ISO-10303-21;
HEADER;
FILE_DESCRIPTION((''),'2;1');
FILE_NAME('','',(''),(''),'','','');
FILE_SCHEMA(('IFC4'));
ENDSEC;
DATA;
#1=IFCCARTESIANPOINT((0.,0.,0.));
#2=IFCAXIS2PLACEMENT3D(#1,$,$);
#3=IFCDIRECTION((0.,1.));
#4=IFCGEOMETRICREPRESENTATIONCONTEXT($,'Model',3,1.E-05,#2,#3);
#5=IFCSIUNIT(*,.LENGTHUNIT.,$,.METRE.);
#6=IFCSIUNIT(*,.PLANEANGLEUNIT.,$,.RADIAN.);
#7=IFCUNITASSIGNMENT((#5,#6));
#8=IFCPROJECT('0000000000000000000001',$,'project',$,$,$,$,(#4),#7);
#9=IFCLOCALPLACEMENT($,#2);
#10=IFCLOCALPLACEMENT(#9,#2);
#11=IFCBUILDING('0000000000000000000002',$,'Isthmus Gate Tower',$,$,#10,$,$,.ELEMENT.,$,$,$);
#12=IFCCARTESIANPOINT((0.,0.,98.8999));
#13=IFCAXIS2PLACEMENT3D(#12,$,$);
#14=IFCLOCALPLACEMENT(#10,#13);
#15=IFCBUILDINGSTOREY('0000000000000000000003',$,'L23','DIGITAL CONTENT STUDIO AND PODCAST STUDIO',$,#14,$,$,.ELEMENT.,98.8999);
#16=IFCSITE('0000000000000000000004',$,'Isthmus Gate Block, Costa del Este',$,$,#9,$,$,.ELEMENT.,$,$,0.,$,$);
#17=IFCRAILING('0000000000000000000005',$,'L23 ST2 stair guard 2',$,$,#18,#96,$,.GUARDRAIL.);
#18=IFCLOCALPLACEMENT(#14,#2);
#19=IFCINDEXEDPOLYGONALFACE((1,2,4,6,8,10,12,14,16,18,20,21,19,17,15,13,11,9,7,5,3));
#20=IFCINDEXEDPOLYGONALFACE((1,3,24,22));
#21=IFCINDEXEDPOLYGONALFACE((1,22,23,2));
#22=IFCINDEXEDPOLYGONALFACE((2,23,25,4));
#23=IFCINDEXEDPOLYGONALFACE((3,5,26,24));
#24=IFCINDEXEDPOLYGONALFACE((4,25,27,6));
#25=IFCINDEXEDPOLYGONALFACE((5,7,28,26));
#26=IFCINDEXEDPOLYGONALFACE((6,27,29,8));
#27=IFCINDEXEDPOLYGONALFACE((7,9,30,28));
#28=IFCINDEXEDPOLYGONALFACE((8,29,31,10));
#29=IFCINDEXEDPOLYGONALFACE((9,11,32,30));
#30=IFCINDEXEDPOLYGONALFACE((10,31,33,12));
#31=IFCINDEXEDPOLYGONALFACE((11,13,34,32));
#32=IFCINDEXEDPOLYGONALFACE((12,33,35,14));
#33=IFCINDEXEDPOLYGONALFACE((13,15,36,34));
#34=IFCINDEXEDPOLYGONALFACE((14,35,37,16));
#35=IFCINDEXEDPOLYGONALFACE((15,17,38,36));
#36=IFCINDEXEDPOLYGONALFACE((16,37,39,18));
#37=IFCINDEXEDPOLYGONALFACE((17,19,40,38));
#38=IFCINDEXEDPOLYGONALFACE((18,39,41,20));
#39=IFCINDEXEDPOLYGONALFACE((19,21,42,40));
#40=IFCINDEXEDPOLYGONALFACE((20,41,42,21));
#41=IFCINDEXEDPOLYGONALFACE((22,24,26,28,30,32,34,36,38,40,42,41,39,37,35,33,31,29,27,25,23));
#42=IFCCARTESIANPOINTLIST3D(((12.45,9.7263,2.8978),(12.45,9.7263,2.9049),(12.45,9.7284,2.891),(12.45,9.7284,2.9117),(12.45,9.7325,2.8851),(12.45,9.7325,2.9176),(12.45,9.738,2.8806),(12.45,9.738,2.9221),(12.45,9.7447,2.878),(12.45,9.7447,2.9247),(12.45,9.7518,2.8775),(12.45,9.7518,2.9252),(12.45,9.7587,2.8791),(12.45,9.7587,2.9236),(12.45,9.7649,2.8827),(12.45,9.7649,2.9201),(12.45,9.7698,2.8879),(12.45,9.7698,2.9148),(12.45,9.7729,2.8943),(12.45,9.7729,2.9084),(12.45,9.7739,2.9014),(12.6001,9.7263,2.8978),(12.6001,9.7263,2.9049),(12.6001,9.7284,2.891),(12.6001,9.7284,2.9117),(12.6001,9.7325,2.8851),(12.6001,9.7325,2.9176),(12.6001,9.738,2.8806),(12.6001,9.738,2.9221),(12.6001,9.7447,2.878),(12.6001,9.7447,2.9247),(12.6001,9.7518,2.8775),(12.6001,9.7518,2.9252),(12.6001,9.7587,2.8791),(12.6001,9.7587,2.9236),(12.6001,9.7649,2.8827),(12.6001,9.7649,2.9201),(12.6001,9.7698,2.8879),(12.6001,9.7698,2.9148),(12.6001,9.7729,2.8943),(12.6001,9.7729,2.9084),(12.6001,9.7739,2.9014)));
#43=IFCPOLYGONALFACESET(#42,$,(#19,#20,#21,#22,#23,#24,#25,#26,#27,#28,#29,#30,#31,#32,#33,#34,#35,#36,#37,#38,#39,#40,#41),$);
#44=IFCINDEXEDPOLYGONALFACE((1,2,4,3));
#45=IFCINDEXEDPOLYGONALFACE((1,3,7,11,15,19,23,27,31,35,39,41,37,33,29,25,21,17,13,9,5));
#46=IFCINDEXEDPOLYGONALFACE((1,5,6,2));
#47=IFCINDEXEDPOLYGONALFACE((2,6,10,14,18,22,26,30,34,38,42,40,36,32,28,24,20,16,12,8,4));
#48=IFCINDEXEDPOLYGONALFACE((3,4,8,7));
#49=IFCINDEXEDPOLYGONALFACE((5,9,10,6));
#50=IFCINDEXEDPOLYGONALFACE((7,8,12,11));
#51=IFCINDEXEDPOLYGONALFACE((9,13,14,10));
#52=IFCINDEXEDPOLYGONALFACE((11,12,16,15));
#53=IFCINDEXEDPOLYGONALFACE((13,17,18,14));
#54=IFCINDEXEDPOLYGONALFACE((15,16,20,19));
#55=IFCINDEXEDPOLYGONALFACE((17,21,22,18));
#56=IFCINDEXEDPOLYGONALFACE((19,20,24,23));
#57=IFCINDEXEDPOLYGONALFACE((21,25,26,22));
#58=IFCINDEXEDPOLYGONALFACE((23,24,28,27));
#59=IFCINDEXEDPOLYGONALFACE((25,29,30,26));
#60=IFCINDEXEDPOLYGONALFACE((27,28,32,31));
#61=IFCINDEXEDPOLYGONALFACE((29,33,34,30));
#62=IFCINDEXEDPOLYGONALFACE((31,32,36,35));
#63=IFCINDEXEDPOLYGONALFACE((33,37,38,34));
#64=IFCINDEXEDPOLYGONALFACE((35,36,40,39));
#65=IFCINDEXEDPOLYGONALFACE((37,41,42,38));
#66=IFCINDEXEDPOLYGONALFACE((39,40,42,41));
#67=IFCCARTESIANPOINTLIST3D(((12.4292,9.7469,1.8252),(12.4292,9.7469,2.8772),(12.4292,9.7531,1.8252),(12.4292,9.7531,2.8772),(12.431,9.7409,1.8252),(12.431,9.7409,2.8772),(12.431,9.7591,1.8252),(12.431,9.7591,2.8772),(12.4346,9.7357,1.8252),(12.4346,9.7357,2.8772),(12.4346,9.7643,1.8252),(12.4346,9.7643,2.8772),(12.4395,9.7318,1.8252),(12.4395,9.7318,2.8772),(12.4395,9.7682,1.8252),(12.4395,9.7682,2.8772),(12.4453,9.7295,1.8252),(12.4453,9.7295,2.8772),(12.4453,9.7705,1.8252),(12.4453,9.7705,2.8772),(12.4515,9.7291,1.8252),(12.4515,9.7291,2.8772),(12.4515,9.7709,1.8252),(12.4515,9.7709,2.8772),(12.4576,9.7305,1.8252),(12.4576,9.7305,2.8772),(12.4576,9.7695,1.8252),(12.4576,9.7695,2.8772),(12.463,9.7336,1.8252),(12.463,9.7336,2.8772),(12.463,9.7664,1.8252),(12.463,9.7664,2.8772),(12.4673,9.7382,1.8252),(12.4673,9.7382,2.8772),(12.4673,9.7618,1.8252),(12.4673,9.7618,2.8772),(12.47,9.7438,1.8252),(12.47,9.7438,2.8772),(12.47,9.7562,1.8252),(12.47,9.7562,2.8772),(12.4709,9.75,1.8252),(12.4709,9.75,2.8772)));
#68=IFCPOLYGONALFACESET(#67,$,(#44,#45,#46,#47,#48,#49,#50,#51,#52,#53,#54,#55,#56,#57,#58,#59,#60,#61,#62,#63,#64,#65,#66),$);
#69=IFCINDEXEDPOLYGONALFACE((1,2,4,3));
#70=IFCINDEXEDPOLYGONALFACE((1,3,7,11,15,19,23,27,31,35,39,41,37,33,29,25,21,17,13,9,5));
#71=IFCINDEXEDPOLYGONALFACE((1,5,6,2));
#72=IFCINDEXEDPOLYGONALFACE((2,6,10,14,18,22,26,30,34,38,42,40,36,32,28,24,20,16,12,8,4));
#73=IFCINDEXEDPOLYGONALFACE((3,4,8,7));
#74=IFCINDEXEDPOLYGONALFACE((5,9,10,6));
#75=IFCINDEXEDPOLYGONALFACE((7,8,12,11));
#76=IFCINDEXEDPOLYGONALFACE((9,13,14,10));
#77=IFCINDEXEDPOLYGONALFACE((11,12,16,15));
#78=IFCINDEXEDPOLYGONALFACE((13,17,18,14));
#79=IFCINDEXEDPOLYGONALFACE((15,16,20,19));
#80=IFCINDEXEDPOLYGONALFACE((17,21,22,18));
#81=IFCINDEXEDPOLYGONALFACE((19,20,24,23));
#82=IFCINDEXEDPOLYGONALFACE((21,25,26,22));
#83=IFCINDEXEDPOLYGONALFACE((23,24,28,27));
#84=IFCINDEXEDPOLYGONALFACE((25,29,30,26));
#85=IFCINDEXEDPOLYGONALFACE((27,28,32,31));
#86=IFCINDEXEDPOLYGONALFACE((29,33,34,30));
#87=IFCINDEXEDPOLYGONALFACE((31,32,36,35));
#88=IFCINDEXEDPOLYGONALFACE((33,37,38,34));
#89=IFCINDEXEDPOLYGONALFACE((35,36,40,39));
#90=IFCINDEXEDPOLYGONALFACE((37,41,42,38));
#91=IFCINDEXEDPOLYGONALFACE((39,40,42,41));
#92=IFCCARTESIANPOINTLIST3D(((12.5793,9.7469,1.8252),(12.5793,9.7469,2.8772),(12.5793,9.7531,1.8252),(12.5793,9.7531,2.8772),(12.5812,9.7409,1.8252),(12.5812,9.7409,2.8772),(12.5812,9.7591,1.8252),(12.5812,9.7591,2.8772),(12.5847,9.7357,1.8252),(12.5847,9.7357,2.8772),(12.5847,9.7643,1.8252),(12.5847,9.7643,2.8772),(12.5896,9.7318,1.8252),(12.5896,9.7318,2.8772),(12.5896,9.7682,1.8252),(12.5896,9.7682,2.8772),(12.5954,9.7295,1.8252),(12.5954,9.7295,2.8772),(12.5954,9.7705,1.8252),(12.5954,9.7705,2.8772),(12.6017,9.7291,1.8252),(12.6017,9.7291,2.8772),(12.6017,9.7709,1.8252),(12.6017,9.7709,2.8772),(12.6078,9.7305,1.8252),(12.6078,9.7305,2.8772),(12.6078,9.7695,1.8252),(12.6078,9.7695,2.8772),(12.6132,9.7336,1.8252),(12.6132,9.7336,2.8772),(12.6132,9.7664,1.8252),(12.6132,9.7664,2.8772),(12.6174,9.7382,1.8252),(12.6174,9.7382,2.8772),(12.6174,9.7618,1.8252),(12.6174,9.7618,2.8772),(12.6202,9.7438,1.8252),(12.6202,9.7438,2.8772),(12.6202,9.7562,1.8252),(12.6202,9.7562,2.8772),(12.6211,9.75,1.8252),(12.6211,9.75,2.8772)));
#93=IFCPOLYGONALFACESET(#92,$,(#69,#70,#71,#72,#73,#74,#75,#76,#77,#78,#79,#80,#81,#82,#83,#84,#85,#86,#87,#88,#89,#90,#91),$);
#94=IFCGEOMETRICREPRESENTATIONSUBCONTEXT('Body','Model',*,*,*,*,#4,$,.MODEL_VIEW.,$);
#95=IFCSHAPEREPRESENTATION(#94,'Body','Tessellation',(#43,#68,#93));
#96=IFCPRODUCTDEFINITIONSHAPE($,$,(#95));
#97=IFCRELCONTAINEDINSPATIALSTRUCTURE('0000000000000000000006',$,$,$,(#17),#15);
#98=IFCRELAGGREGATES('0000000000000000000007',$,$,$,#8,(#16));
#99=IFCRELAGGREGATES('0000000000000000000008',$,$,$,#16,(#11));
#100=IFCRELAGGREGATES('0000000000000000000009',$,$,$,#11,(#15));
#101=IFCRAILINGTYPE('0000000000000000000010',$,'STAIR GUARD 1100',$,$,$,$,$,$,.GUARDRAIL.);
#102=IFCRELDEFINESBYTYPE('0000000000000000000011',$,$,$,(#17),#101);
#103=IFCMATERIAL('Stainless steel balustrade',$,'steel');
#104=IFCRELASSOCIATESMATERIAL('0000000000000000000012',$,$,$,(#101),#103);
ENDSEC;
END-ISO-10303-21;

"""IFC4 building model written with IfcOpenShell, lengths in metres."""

from ifc_helpers import new_model, si_unit, direction, frame, origin, origin_2d, place, context, subcontext, project, spatial, circle, extrude, material, type_object, element, save


model = new_model("IFC4")

# Units and contexts
model_context = context("Model", 3, precision=1e-05, world=origin(), true_north=direction((0.0, 1.0)))
body_context = subcontext(model_context, "Body", "Model", "MODEL_VIEW")
ifc_project = project(units=[si_unit("LENGTHUNIT", "METRE"), si_unit("PLANEANGLEUNIT", "RADIAN")], contexts=[model_context])

# Site, building, storey
site_placement = place(None, origin())
site = spatial("IfcSite", under=ifc_project, at=site_placement, Name="Isthmus Gate Block, Costa del Este", CompositionType="ELEMENT", RefElevation=0.0)
building_placement = place(site_placement, origin())
building = spatial("IfcBuilding", under=site, at=building_placement, Name="Isthmus Gate Tower", CompositionType="ELEMENT")
storey_placement = place(building_placement, frame((0.0, 0.0, 98.8999)))
storey = spatial("IfcBuildingStorey", under=building, at=storey_placement, Name="L23", Description="DIGITAL CONTENT STUDIO AND PODCAST STUDIO", CompositionType="ELEMENT", Elevation=98.8999)

# Railing
ifc_material_1 = material(Name="Stainless steel balustrade", Category="steel")
railing_type_1 = type_object("IfcRailingType", Name="STAIR GUARD 1100", PredefinedType="GUARDRAIL", material=ifc_material_1)
railing_1_placement = place(storey_placement, frame((12.45, 9.75, 1.8252)))
element("IfcRailing", 1, at=railing_1_placement, inside=storey, type_object=railing_type_1, Name="L23 ST2 stair guard 2", PredefinedType="GUARDRAIL", context=body_context, shape_type="SweptSolid", body=[
    extrude(circle(Radius=0.0239, at=origin_2d()), frame((0.0, 0.0, 1.0762), z_axis=(1.0, 0.0, 0.0), x_axis=(0.0, 1.0, 0.0)), (0.0, 0.0, 1.0), 0.1501),
    extrude(circle(Radius=0.021, at=origin_2d()), origin(), (0.0, 0.0, 1.0), 1.052),
    extrude(circle(Radius=0.021, at=origin_2d()), frame((0.1501, 0.0, 0.0)), (0.0, 0.0, 1.0), 1.052),
])

save(model, "model.ifc")
